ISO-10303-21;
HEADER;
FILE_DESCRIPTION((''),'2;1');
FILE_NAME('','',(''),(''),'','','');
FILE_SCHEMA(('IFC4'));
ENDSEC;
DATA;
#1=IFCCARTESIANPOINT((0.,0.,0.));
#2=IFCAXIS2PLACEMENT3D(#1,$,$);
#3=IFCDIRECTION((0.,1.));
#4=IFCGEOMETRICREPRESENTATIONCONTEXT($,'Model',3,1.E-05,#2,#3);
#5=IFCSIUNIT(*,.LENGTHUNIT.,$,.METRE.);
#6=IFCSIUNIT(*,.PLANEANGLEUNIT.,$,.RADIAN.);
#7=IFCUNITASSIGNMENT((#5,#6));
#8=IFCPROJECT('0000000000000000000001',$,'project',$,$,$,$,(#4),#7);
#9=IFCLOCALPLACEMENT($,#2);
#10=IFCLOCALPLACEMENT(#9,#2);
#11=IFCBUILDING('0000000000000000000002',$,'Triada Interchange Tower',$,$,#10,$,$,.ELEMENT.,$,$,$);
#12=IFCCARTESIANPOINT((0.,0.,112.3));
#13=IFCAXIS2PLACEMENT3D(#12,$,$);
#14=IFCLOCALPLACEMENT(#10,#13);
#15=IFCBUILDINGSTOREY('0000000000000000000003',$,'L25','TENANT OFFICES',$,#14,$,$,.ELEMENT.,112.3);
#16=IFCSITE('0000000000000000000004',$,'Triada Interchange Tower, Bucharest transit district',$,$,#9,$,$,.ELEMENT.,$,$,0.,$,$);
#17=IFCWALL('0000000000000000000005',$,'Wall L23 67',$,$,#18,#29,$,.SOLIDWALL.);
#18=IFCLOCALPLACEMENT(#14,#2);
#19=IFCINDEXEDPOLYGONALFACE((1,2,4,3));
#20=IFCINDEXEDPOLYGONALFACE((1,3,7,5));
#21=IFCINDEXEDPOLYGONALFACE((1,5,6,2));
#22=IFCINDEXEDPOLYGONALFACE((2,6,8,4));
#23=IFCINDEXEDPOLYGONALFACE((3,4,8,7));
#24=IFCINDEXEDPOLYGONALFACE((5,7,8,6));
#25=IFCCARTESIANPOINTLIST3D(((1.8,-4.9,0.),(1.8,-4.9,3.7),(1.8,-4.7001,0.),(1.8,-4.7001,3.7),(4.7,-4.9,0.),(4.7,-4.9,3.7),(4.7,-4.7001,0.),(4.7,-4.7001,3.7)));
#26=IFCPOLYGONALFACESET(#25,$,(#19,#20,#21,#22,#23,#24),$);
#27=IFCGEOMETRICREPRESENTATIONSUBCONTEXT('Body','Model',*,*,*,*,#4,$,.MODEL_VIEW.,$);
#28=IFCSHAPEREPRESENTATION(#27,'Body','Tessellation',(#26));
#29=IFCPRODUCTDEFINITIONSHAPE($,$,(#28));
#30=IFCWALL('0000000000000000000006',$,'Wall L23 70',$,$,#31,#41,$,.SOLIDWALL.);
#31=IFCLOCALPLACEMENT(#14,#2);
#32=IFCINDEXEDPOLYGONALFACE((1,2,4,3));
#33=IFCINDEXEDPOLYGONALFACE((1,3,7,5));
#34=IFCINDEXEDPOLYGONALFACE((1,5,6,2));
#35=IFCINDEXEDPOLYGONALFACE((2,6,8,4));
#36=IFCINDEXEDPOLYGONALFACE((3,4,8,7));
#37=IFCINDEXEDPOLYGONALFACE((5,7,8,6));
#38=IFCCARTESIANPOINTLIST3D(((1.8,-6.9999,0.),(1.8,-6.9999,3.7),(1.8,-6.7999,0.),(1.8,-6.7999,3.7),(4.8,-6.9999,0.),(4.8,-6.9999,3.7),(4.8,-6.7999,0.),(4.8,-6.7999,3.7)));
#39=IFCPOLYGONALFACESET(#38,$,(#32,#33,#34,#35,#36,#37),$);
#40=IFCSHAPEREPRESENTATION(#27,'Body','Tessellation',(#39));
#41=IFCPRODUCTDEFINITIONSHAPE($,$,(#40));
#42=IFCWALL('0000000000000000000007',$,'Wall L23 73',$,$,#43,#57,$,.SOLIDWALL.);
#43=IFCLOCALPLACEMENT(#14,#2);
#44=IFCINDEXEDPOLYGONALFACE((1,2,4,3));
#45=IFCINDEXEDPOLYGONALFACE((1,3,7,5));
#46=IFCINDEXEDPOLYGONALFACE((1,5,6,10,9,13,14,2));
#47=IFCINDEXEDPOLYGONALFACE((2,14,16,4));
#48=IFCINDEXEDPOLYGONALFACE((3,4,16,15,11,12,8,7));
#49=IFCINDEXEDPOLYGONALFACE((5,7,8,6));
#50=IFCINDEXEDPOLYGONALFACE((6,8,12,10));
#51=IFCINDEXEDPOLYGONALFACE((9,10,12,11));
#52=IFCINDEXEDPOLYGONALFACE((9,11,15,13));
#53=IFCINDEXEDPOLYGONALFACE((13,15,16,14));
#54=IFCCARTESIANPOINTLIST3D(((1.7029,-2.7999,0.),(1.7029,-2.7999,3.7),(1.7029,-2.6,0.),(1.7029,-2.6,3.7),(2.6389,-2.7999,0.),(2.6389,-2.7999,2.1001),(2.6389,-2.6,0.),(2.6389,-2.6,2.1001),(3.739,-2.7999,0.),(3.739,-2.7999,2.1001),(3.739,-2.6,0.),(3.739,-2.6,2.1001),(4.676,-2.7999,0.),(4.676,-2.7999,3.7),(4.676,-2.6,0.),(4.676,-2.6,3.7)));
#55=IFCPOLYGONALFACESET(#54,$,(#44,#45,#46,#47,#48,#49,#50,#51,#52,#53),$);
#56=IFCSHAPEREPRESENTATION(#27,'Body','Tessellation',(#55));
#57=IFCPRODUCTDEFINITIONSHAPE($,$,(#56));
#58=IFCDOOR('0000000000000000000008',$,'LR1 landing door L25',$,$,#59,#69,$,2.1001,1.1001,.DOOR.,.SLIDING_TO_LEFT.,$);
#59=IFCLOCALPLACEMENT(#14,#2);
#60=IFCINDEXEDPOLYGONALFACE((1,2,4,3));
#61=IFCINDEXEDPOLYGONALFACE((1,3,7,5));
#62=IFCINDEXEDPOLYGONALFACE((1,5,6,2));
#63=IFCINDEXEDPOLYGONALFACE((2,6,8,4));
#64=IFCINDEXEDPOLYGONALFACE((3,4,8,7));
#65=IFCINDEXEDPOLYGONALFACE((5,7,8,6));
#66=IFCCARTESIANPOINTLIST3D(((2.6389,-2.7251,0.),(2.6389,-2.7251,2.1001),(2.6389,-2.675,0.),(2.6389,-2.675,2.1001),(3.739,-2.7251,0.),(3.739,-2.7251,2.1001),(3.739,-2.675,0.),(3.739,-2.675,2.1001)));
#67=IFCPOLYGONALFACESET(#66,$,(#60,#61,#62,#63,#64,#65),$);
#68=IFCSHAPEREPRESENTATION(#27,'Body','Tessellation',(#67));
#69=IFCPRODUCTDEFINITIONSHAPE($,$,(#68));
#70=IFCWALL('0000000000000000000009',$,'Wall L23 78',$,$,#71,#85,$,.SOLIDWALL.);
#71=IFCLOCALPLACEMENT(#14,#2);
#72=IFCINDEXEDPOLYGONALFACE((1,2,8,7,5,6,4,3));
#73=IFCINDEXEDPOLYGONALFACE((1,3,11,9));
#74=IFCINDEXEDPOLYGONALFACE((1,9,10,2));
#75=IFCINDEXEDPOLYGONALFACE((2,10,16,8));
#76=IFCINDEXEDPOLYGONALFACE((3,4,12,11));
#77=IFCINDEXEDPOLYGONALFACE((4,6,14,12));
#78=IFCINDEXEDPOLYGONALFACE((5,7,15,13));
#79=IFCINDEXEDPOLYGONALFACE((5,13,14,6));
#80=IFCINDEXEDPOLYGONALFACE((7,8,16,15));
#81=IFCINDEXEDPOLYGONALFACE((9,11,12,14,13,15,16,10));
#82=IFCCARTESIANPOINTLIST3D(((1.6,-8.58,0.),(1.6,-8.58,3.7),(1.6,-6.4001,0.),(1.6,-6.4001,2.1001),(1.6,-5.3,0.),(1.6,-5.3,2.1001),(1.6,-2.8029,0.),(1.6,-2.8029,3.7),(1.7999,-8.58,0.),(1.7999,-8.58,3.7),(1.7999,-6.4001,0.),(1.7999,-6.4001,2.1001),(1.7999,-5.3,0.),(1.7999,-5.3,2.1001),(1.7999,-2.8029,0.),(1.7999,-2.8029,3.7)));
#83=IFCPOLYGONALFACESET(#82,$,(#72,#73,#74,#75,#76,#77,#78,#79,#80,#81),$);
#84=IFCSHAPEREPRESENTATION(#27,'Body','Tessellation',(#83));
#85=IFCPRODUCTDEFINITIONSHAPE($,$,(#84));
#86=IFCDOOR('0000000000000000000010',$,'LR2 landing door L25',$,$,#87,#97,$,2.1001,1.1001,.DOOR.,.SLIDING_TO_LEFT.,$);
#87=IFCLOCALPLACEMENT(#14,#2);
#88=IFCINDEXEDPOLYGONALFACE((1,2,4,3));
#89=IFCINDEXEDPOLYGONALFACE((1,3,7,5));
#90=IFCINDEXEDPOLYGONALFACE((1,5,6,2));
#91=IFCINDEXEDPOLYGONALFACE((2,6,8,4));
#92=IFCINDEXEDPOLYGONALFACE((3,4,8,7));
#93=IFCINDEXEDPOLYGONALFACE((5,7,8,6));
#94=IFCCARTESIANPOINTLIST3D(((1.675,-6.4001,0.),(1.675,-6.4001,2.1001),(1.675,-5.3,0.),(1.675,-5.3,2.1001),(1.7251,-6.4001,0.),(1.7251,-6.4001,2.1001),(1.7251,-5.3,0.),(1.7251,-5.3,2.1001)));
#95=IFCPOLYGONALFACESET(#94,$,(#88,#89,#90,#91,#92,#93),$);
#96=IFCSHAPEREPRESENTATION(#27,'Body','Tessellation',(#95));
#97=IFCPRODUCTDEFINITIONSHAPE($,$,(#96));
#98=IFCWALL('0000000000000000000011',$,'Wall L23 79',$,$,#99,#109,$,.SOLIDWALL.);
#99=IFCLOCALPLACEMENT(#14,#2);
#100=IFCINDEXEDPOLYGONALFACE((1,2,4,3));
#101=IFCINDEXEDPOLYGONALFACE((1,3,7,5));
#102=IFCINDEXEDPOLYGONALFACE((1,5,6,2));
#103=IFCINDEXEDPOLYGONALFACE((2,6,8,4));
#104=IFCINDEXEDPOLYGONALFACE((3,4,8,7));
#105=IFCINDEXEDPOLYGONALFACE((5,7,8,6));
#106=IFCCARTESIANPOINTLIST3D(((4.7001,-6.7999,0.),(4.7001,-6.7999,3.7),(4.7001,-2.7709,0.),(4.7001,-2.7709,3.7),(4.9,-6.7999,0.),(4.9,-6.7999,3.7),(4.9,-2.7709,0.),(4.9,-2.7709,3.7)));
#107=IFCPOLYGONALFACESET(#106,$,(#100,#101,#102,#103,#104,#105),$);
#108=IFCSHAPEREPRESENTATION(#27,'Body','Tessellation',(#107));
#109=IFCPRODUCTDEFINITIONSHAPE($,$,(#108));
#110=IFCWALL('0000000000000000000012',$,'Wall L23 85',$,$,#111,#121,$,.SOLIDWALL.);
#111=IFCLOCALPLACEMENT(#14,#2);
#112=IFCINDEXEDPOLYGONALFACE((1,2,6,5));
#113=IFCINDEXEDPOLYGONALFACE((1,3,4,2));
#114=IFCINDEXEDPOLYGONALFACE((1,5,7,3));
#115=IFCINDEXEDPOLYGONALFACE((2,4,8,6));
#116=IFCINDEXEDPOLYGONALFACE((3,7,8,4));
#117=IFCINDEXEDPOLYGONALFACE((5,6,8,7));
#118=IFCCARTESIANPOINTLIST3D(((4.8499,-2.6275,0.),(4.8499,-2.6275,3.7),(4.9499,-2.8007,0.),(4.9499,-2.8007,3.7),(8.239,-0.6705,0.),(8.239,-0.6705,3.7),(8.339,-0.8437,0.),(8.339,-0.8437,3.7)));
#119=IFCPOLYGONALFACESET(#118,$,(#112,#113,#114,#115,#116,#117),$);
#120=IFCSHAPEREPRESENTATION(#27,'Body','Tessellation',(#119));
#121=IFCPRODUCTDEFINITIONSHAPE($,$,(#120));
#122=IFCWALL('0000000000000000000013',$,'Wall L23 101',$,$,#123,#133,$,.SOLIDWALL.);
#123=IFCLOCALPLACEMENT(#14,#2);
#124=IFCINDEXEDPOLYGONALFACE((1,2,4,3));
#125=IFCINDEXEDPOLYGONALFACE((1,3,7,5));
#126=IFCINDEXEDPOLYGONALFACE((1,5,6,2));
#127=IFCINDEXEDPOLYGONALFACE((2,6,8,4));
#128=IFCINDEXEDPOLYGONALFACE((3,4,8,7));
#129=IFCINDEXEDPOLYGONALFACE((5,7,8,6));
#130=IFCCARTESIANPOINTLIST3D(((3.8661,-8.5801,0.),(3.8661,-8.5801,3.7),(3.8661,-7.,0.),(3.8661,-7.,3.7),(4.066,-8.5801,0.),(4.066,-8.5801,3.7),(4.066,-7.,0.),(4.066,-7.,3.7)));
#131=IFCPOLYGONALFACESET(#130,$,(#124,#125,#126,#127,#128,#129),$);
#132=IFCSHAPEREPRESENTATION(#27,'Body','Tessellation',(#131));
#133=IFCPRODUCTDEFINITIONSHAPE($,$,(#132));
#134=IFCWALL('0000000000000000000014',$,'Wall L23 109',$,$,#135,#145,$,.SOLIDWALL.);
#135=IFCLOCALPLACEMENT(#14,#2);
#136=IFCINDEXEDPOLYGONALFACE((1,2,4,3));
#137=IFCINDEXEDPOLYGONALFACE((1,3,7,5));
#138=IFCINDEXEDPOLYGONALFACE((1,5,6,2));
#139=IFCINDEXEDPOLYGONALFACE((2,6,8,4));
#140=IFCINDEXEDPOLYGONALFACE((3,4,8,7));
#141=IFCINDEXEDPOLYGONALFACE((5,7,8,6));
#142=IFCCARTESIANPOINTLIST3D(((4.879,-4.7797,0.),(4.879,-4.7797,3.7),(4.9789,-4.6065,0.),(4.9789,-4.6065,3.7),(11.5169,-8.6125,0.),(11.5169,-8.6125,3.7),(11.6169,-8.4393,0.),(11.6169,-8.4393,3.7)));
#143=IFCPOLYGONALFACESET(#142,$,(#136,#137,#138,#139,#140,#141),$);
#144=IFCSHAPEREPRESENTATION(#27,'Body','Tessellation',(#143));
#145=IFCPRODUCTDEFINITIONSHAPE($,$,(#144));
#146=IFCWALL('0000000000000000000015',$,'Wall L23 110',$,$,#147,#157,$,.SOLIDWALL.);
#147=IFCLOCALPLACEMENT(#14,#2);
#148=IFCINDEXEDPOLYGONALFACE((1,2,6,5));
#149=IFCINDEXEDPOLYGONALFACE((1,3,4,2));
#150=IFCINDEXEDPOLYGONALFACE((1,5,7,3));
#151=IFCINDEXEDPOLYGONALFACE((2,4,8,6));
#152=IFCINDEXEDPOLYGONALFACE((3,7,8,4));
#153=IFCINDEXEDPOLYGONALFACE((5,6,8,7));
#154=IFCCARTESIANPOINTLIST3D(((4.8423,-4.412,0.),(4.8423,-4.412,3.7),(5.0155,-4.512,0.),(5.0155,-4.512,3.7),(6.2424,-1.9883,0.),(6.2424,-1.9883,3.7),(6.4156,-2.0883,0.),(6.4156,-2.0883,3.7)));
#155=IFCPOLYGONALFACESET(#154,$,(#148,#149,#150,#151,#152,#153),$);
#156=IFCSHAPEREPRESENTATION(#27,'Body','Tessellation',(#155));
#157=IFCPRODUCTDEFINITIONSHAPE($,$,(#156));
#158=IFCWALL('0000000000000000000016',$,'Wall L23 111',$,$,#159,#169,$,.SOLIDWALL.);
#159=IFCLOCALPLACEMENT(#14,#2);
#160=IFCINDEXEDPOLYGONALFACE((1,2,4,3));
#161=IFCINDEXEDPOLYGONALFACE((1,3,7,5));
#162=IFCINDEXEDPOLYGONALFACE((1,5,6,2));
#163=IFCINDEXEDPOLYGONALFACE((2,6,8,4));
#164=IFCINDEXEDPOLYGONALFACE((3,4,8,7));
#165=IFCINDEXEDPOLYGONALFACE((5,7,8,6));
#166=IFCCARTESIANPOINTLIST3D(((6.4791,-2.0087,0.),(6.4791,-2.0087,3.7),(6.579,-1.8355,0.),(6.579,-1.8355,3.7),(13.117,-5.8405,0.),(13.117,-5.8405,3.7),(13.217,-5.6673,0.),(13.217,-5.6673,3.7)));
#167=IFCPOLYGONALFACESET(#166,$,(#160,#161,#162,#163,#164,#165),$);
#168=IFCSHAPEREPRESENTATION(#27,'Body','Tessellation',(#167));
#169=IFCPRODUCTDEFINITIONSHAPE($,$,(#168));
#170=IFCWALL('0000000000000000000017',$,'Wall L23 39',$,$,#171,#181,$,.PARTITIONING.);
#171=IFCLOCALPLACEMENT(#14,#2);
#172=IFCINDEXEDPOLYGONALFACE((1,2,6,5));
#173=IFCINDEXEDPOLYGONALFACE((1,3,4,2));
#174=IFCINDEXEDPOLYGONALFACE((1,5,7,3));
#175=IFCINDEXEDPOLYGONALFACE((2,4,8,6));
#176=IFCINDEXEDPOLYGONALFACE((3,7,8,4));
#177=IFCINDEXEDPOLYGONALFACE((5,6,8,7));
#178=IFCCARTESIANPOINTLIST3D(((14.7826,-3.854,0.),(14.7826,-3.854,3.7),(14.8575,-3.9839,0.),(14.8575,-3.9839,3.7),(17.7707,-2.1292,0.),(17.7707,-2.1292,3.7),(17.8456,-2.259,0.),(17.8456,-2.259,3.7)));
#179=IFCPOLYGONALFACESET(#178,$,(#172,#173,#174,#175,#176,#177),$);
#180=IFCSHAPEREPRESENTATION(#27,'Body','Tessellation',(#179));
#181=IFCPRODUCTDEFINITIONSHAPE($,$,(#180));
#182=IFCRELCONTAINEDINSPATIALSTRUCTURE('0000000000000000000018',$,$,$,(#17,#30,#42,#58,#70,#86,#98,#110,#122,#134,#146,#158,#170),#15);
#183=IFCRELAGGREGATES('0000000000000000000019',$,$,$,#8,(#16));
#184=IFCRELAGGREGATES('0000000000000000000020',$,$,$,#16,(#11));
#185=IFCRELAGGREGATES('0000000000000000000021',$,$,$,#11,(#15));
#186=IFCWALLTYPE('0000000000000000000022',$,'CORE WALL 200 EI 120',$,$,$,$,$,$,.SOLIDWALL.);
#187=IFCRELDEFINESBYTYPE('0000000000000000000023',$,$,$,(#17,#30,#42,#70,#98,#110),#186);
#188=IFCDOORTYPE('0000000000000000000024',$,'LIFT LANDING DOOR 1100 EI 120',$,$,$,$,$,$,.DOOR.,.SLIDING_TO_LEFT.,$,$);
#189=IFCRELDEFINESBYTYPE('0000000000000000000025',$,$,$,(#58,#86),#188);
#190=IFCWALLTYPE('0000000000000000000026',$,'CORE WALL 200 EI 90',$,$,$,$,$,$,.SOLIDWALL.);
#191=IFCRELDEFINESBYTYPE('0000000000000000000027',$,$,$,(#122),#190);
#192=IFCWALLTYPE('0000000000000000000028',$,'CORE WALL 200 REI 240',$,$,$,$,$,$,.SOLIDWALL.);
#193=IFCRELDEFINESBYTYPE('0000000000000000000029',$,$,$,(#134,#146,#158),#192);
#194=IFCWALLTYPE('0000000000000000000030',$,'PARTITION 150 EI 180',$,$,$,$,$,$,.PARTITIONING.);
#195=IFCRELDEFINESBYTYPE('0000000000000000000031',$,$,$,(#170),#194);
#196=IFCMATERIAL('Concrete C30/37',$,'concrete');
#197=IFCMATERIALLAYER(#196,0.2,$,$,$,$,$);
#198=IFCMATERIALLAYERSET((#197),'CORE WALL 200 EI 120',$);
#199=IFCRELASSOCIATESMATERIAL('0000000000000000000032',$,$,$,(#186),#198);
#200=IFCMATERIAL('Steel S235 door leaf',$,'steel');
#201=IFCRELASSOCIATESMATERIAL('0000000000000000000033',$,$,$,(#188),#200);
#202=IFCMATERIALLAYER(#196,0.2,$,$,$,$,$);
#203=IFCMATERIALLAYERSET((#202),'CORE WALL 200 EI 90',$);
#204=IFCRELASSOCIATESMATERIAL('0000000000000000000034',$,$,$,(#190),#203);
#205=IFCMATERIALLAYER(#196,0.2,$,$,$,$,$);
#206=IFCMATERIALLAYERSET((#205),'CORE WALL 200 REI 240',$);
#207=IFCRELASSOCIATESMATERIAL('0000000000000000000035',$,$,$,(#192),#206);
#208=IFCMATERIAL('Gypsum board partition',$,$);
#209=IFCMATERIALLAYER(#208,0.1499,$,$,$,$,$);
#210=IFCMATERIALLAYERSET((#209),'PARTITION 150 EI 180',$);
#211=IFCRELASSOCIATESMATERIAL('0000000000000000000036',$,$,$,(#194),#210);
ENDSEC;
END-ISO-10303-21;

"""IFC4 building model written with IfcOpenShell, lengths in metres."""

from ifc_helpers import new_model, si_unit, direction, frame, frame_2d, origin, place, context, subcontext, project, spatial, rectangle, extrude, material, layer, layer_set, type_object, element, fill, save


model = new_model("IFC4")

# Units and contexts
model_context = context("Model", 3, precision=1e-05, world=origin(), true_north=direction((0.0, 1.0)))
body_context = subcontext(model_context, "Body", "Model", "MODEL_VIEW")
ifc_project = project(units=[si_unit("LENGTHUNIT", "METRE"), si_unit("PLANEANGLEUNIT", "RADIAN")], contexts=[model_context])

# Site, building, storey
site_placement = place(None, origin())
site = spatial("IfcSite", under=ifc_project, at=site_placement, Name="Triada Interchange Tower, Bucharest transit district", CompositionType="ELEMENT", RefElevation=0.0)
building_placement = place(site_placement, origin())
building = spatial("IfcBuilding", under=site, at=building_placement, Name="Triada Interchange Tower", CompositionType="ELEMENT")
storey_placement = place(building_placement, frame((0.0, 0.0, 112.3)))
storey = spatial("IfcBuildingStorey", under=building, at=storey_placement, Name="L25", Description="TENANT OFFICES", CompositionType="ELEMENT", Elevation=112.3)

# Walls
ifc_material_1 = material(Name="Concrete C30/37", Category="concrete")
ifc_layer_1 = layer(ifc_material_1, 0.2)
ifc_layer_set_1 = layer_set([ifc_layer_1], Name="CORE WALL 200 EI 120")
wall_type_1 = type_object("IfcWallType", Name="CORE WALL 200 EI 120", PredefinedType="SOLIDWALL", material=ifc_layer_set_1)
wall_1_placement = place(storey_placement, frame((1.8, -4.8, 0.0), z_axis=(0.0, 0.0, 1.0), x_axis=(1.0, 0.0, 0.0)))
element("IfcWall", 1, at=wall_1_placement, inside=storey, type_object=wall_type_1, Name="Wall L23 67", PredefinedType="SOLIDWALL", context=body_context, shape_type="SweptSolid", body=[
    extrude(rectangle(XDim=2.8999, YDim=0.2, at=frame_2d((1.45, 0.0))), origin(), (0.0, 0.0, 1.0), 3.7),
])
wall_2_placement = place(storey_placement, frame((1.8, -6.8999, 0.0), z_axis=(0.0, 0.0, 1.0), x_axis=(1.0, 0.0, 0.0)))
element("IfcWall", 2, at=wall_2_placement, inside=storey, type_object=wall_type_1, Name="Wall L23 70", PredefinedType="SOLIDWALL", context=body_context, shape_type="SweptSolid", body=[
    extrude(rectangle(XDim=3.0, YDim=0.2, at=frame_2d((1.5, 0.0))), origin(), (0.0, 0.0, 1.0), 3.7),
])

# Walls, openings, doors
wall_3_placement = place(storey_placement, frame((1.7029, -2.7, 0.0), z_axis=(0.0, 0.0, 1.0), x_axis=(1.0, 0.0, 0.0)))
wall_3 = element("IfcWall", 3, at=wall_3_placement, inside=storey, type_object=wall_type_1, Name="Wall L23 73", PredefinedType="SOLIDWALL", context=body_context, shape_type="SweptSolid", body=[
    extrude(rectangle(XDim=2.9731, YDim=0.2, at=frame_2d((1.4866, 0.0))), origin(), (0.0, 0.0, 1.0), 3.7),
])
opening_1_placement = place(wall_3_placement, frame((0.936, 0.0, 0.0)))
opening_1 = element("IfcOpeningElement", 4, at=opening_1_placement, cuts=wall_3, PredefinedType="OPENING", context=body_context, shape_type="SweptSolid", body=[
    extrude(rectangle(XDim=1.1001, YDim=2.1001, at=frame_2d((0.55, 1.05))), frame((0.0, 0.1099, 0.0), z_axis=(0.0, -1.0, 0.0), x_axis=(1.0, 0.0, 0.0)), (0.0, 0.0, 1.0), 0.22),
])
ifc_material_2 = material(Name="Steel S235 door leaf", Category="steel")
door_type_1 = type_object("IfcDoorType", Name="LIFT LANDING DOOR 1100 EI 120", OperationType="SLIDING_TO_LEFT", PredefinedType="DOOR", material=ifc_material_2)
door_1_placement = place(opening_1_placement, origin())
door_1 = element("IfcDoor", 5, at=door_1_placement, inside=storey, type_object=door_type_1, Name="LR1 landing door L25", OperationType="SLIDING_TO_LEFT", OverallHeight=2.1001, OverallWidth=1.1001, PredefinedType="DOOR", context=body_context, shape_type="SweptSolid", body=[
    extrude(rectangle(XDim=1.1001, YDim=2.1001, at=frame_2d((0.55, 1.05))), frame((0.0, 0.0249, 0.0), z_axis=(0.0, -1.0, 0.0), x_axis=(1.0, 0.0, 0.0)), (0.0, 0.0, 1.0), 0.05),
])
fill(opening_1, door_1)
wall_4_placement = place(storey_placement, frame((1.7, -8.5801, 0.0), z_axis=(0.0, 0.0, 1.0), x_axis=(0.0, 1.0, 0.0)))
wall_4 = element("IfcWall", 6, at=wall_4_placement, inside=storey, type_object=wall_type_1, Name="Wall L23 78", PredefinedType="SOLIDWALL", context=body_context, shape_type="SweptSolid", body=[
    extrude(rectangle(XDim=5.7771, YDim=0.2, at=frame_2d((2.8887, 0.0))), origin(), (0.0, 0.0, 1.0), 3.7),
])
opening_2_placement = place(wall_4_placement, frame((2.1799, 0.0, 0.0)))
opening_2 = element("IfcOpeningElement", 7, at=opening_2_placement, cuts=wall_4, PredefinedType="OPENING", context=body_context, shape_type="SweptSolid", body=[
    extrude(rectangle(XDim=1.1001, YDim=2.1001, at=frame_2d((0.55, 1.05))), frame((0.0, 0.1099, 0.0), z_axis=(0.0, -1.0, 0.0), x_axis=(1.0, 0.0, 0.0)), (0.0, 0.0, 1.0), 0.22),
])
door_2_placement = place(opening_2_placement, origin())
door_2 = element("IfcDoor", 8, at=door_2_placement, inside=storey, type_object=door_type_1, Name="LR2 landing door L25", OperationType="SLIDING_TO_LEFT", OverallHeight=2.1001, OverallWidth=1.1001, PredefinedType="DOOR", context=body_context, shape_type="SweptSolid", body=[
    extrude(rectangle(XDim=1.1001, YDim=2.1001, at=frame_2d((0.55, 1.05))), frame((0.0, 0.0249, 0.0), z_axis=(0.0, -1.0, 0.0), x_axis=(1.0, 0.0, 0.0)), (0.0, 0.0, 1.0), 0.05),
])
fill(opening_2, door_2)

# Walls
wall_5_placement = place(storey_placement, frame((4.8, -6.8, 0.0), z_axis=(0.0, 0.0, 1.0), x_axis=(0.0, 1.0, 0.0)))
element("IfcWall", 9, at=wall_5_placement, inside=storey, type_object=wall_type_1, Name="Wall L23 79", PredefinedType="SOLIDWALL", context=body_context, shape_type="SweptSolid", body=[
    extrude(rectangle(XDim=4.0291, YDim=0.2, at=frame_2d((2.0146, 0.0))), origin(), (0.0, 0.0, 1.0), 3.7),
])
wall_6_placement = place(storey_placement, frame((4.8999, -2.7141, 0.0), z_axis=(0.0, 0.0, 1.0), x_axis=(0.865992, 0.500057, 0.0)))
element("IfcWall", 10, at=wall_6_placement, inside=storey, type_object=wall_type_1, Name="Wall L23 85", PredefinedType="SOLIDWALL", context=body_context, shape_type="SweptSolid", body=[
    extrude(rectangle(XDim=3.9136, YDim=0.2, at=frame_2d((1.9568, 0.0))), origin(), (0.0, 0.0, 1.0), 3.7),
])
ifc_layer_2 = layer(ifc_material_1, 0.2)
ifc_layer_set_2 = layer_set([ifc_layer_2], Name="CORE WALL 200 EI 90")
wall_type_2 = type_object("IfcWallType", Name="CORE WALL 200 EI 90", PredefinedType="SOLIDWALL", material=ifc_layer_set_2)
wall_7_placement = place(storey_placement, frame((3.9661, -8.5801, 0.0), z_axis=(0.0, 0.0, 1.0), x_axis=(0.0, 1.0, 0.0)))
element("IfcWall", 11, at=wall_7_placement, inside=storey, type_object=wall_type_2, Name="Wall L23 101", PredefinedType="SOLIDWALL", context=body_context, shape_type="SweptSolid", body=[
    extrude(rectangle(XDim=1.5801, YDim=0.2, at=frame_2d((0.79, 0.0))), origin(), (0.0, 0.0, 1.0), 3.7),
])
ifc_layer_3 = layer(ifc_material_1, 0.2)
ifc_layer_set_3 = layer_set([ifc_layer_3], Name="CORE WALL 200 REI 240")
wall_type_3 = type_object("IfcWallType", Name="CORE WALL 200 REI 240", PredefinedType="SOLIDWALL", material=ifc_layer_set_3)
wall_8_placement = place(storey_placement, frame((4.929, -4.6931, 0.0), z_axis=(0.0, 0.0, 1.0), x_axis=(0.866006, -0.500034, 0.0)))
element("IfcWall", 12, at=wall_8_placement, inside=storey, type_object=wall_type_3, Name="Wall L23 109", PredefinedType="SOLIDWALL", context=body_context, shape_type="SweptSolid", body=[
    extrude(rectangle(XDim=7.665, YDim=0.2, at=frame_2d((3.8325, 0.0))), origin(), (0.0, 0.0, 1.0), 3.7),
])
wall_9_placement = place(storey_placement, frame((4.929, -4.4619, 0.0), z_axis=(0.0, 0.0, 1.0), x_axis=(0.500201, 0.86591, 0.0)))
element("IfcWall", 13, at=wall_9_placement, inside=storey, type_object=wall_type_3, Name="Wall L23 110", PredefinedType="SOLIDWALL", context=body_context, shape_type="SweptSolid", body=[
    extrude(rectangle(XDim=2.7991, YDim=0.2, at=frame_2d((1.3994, 0.0))), origin(), (0.0, 0.0, 1.0), 3.7),
])
wall_10_placement = place(storey_placement, frame((6.5291, -1.9221, 0.0), z_axis=(0.0, 0.0, 1.0), x_axis=(0.866061, -0.499938, 0.0)))
element("IfcWall", 14, at=wall_10_placement, inside=storey, type_object=wall_type_3, Name="Wall L23 111", PredefinedType="SOLIDWALL", context=body_context, shape_type="SweptSolid", body=[
    extrude(rectangle(XDim=7.6646, YDim=0.2, at=frame_2d((3.8323, 0.0))), origin(), (0.0, 0.0, 1.0), 3.7),
])

# Wall
ifc_material_3 = material(Name="Gypsum board partition")
ifc_layer_4 = layer(ifc_material_3, 0.1499)
ifc_layer_set_4 = layer_set([ifc_layer_4], Name="PARTITION 150 EI 180")
wall_type_4 = type_object("IfcWallType", Name="PARTITION 150 EI 180", PredefinedType="PARTITIONING", material=ifc_layer_set_4)
wall_11_placement = place(storey_placement, frame((14.8201, -3.9189, 0.0), z_axis=(0.0, 0.0, 1.0), x_axis=(0.866062, 0.499937, 0.0)))
element("IfcWall", 15, at=wall_11_placement, inside=storey, type_object=wall_type_4, Name="Wall L23 39", PredefinedType="PARTITIONING", context=body_context, shape_type="SweptSolid", body=[
    extrude(rectangle(XDim=3.4502, YDim=0.1499, at=frame_2d((1.7251, 0.0))), origin(), (0.0, 0.0, 1.0), 3.7),
])

save(model, "model.ifc")
